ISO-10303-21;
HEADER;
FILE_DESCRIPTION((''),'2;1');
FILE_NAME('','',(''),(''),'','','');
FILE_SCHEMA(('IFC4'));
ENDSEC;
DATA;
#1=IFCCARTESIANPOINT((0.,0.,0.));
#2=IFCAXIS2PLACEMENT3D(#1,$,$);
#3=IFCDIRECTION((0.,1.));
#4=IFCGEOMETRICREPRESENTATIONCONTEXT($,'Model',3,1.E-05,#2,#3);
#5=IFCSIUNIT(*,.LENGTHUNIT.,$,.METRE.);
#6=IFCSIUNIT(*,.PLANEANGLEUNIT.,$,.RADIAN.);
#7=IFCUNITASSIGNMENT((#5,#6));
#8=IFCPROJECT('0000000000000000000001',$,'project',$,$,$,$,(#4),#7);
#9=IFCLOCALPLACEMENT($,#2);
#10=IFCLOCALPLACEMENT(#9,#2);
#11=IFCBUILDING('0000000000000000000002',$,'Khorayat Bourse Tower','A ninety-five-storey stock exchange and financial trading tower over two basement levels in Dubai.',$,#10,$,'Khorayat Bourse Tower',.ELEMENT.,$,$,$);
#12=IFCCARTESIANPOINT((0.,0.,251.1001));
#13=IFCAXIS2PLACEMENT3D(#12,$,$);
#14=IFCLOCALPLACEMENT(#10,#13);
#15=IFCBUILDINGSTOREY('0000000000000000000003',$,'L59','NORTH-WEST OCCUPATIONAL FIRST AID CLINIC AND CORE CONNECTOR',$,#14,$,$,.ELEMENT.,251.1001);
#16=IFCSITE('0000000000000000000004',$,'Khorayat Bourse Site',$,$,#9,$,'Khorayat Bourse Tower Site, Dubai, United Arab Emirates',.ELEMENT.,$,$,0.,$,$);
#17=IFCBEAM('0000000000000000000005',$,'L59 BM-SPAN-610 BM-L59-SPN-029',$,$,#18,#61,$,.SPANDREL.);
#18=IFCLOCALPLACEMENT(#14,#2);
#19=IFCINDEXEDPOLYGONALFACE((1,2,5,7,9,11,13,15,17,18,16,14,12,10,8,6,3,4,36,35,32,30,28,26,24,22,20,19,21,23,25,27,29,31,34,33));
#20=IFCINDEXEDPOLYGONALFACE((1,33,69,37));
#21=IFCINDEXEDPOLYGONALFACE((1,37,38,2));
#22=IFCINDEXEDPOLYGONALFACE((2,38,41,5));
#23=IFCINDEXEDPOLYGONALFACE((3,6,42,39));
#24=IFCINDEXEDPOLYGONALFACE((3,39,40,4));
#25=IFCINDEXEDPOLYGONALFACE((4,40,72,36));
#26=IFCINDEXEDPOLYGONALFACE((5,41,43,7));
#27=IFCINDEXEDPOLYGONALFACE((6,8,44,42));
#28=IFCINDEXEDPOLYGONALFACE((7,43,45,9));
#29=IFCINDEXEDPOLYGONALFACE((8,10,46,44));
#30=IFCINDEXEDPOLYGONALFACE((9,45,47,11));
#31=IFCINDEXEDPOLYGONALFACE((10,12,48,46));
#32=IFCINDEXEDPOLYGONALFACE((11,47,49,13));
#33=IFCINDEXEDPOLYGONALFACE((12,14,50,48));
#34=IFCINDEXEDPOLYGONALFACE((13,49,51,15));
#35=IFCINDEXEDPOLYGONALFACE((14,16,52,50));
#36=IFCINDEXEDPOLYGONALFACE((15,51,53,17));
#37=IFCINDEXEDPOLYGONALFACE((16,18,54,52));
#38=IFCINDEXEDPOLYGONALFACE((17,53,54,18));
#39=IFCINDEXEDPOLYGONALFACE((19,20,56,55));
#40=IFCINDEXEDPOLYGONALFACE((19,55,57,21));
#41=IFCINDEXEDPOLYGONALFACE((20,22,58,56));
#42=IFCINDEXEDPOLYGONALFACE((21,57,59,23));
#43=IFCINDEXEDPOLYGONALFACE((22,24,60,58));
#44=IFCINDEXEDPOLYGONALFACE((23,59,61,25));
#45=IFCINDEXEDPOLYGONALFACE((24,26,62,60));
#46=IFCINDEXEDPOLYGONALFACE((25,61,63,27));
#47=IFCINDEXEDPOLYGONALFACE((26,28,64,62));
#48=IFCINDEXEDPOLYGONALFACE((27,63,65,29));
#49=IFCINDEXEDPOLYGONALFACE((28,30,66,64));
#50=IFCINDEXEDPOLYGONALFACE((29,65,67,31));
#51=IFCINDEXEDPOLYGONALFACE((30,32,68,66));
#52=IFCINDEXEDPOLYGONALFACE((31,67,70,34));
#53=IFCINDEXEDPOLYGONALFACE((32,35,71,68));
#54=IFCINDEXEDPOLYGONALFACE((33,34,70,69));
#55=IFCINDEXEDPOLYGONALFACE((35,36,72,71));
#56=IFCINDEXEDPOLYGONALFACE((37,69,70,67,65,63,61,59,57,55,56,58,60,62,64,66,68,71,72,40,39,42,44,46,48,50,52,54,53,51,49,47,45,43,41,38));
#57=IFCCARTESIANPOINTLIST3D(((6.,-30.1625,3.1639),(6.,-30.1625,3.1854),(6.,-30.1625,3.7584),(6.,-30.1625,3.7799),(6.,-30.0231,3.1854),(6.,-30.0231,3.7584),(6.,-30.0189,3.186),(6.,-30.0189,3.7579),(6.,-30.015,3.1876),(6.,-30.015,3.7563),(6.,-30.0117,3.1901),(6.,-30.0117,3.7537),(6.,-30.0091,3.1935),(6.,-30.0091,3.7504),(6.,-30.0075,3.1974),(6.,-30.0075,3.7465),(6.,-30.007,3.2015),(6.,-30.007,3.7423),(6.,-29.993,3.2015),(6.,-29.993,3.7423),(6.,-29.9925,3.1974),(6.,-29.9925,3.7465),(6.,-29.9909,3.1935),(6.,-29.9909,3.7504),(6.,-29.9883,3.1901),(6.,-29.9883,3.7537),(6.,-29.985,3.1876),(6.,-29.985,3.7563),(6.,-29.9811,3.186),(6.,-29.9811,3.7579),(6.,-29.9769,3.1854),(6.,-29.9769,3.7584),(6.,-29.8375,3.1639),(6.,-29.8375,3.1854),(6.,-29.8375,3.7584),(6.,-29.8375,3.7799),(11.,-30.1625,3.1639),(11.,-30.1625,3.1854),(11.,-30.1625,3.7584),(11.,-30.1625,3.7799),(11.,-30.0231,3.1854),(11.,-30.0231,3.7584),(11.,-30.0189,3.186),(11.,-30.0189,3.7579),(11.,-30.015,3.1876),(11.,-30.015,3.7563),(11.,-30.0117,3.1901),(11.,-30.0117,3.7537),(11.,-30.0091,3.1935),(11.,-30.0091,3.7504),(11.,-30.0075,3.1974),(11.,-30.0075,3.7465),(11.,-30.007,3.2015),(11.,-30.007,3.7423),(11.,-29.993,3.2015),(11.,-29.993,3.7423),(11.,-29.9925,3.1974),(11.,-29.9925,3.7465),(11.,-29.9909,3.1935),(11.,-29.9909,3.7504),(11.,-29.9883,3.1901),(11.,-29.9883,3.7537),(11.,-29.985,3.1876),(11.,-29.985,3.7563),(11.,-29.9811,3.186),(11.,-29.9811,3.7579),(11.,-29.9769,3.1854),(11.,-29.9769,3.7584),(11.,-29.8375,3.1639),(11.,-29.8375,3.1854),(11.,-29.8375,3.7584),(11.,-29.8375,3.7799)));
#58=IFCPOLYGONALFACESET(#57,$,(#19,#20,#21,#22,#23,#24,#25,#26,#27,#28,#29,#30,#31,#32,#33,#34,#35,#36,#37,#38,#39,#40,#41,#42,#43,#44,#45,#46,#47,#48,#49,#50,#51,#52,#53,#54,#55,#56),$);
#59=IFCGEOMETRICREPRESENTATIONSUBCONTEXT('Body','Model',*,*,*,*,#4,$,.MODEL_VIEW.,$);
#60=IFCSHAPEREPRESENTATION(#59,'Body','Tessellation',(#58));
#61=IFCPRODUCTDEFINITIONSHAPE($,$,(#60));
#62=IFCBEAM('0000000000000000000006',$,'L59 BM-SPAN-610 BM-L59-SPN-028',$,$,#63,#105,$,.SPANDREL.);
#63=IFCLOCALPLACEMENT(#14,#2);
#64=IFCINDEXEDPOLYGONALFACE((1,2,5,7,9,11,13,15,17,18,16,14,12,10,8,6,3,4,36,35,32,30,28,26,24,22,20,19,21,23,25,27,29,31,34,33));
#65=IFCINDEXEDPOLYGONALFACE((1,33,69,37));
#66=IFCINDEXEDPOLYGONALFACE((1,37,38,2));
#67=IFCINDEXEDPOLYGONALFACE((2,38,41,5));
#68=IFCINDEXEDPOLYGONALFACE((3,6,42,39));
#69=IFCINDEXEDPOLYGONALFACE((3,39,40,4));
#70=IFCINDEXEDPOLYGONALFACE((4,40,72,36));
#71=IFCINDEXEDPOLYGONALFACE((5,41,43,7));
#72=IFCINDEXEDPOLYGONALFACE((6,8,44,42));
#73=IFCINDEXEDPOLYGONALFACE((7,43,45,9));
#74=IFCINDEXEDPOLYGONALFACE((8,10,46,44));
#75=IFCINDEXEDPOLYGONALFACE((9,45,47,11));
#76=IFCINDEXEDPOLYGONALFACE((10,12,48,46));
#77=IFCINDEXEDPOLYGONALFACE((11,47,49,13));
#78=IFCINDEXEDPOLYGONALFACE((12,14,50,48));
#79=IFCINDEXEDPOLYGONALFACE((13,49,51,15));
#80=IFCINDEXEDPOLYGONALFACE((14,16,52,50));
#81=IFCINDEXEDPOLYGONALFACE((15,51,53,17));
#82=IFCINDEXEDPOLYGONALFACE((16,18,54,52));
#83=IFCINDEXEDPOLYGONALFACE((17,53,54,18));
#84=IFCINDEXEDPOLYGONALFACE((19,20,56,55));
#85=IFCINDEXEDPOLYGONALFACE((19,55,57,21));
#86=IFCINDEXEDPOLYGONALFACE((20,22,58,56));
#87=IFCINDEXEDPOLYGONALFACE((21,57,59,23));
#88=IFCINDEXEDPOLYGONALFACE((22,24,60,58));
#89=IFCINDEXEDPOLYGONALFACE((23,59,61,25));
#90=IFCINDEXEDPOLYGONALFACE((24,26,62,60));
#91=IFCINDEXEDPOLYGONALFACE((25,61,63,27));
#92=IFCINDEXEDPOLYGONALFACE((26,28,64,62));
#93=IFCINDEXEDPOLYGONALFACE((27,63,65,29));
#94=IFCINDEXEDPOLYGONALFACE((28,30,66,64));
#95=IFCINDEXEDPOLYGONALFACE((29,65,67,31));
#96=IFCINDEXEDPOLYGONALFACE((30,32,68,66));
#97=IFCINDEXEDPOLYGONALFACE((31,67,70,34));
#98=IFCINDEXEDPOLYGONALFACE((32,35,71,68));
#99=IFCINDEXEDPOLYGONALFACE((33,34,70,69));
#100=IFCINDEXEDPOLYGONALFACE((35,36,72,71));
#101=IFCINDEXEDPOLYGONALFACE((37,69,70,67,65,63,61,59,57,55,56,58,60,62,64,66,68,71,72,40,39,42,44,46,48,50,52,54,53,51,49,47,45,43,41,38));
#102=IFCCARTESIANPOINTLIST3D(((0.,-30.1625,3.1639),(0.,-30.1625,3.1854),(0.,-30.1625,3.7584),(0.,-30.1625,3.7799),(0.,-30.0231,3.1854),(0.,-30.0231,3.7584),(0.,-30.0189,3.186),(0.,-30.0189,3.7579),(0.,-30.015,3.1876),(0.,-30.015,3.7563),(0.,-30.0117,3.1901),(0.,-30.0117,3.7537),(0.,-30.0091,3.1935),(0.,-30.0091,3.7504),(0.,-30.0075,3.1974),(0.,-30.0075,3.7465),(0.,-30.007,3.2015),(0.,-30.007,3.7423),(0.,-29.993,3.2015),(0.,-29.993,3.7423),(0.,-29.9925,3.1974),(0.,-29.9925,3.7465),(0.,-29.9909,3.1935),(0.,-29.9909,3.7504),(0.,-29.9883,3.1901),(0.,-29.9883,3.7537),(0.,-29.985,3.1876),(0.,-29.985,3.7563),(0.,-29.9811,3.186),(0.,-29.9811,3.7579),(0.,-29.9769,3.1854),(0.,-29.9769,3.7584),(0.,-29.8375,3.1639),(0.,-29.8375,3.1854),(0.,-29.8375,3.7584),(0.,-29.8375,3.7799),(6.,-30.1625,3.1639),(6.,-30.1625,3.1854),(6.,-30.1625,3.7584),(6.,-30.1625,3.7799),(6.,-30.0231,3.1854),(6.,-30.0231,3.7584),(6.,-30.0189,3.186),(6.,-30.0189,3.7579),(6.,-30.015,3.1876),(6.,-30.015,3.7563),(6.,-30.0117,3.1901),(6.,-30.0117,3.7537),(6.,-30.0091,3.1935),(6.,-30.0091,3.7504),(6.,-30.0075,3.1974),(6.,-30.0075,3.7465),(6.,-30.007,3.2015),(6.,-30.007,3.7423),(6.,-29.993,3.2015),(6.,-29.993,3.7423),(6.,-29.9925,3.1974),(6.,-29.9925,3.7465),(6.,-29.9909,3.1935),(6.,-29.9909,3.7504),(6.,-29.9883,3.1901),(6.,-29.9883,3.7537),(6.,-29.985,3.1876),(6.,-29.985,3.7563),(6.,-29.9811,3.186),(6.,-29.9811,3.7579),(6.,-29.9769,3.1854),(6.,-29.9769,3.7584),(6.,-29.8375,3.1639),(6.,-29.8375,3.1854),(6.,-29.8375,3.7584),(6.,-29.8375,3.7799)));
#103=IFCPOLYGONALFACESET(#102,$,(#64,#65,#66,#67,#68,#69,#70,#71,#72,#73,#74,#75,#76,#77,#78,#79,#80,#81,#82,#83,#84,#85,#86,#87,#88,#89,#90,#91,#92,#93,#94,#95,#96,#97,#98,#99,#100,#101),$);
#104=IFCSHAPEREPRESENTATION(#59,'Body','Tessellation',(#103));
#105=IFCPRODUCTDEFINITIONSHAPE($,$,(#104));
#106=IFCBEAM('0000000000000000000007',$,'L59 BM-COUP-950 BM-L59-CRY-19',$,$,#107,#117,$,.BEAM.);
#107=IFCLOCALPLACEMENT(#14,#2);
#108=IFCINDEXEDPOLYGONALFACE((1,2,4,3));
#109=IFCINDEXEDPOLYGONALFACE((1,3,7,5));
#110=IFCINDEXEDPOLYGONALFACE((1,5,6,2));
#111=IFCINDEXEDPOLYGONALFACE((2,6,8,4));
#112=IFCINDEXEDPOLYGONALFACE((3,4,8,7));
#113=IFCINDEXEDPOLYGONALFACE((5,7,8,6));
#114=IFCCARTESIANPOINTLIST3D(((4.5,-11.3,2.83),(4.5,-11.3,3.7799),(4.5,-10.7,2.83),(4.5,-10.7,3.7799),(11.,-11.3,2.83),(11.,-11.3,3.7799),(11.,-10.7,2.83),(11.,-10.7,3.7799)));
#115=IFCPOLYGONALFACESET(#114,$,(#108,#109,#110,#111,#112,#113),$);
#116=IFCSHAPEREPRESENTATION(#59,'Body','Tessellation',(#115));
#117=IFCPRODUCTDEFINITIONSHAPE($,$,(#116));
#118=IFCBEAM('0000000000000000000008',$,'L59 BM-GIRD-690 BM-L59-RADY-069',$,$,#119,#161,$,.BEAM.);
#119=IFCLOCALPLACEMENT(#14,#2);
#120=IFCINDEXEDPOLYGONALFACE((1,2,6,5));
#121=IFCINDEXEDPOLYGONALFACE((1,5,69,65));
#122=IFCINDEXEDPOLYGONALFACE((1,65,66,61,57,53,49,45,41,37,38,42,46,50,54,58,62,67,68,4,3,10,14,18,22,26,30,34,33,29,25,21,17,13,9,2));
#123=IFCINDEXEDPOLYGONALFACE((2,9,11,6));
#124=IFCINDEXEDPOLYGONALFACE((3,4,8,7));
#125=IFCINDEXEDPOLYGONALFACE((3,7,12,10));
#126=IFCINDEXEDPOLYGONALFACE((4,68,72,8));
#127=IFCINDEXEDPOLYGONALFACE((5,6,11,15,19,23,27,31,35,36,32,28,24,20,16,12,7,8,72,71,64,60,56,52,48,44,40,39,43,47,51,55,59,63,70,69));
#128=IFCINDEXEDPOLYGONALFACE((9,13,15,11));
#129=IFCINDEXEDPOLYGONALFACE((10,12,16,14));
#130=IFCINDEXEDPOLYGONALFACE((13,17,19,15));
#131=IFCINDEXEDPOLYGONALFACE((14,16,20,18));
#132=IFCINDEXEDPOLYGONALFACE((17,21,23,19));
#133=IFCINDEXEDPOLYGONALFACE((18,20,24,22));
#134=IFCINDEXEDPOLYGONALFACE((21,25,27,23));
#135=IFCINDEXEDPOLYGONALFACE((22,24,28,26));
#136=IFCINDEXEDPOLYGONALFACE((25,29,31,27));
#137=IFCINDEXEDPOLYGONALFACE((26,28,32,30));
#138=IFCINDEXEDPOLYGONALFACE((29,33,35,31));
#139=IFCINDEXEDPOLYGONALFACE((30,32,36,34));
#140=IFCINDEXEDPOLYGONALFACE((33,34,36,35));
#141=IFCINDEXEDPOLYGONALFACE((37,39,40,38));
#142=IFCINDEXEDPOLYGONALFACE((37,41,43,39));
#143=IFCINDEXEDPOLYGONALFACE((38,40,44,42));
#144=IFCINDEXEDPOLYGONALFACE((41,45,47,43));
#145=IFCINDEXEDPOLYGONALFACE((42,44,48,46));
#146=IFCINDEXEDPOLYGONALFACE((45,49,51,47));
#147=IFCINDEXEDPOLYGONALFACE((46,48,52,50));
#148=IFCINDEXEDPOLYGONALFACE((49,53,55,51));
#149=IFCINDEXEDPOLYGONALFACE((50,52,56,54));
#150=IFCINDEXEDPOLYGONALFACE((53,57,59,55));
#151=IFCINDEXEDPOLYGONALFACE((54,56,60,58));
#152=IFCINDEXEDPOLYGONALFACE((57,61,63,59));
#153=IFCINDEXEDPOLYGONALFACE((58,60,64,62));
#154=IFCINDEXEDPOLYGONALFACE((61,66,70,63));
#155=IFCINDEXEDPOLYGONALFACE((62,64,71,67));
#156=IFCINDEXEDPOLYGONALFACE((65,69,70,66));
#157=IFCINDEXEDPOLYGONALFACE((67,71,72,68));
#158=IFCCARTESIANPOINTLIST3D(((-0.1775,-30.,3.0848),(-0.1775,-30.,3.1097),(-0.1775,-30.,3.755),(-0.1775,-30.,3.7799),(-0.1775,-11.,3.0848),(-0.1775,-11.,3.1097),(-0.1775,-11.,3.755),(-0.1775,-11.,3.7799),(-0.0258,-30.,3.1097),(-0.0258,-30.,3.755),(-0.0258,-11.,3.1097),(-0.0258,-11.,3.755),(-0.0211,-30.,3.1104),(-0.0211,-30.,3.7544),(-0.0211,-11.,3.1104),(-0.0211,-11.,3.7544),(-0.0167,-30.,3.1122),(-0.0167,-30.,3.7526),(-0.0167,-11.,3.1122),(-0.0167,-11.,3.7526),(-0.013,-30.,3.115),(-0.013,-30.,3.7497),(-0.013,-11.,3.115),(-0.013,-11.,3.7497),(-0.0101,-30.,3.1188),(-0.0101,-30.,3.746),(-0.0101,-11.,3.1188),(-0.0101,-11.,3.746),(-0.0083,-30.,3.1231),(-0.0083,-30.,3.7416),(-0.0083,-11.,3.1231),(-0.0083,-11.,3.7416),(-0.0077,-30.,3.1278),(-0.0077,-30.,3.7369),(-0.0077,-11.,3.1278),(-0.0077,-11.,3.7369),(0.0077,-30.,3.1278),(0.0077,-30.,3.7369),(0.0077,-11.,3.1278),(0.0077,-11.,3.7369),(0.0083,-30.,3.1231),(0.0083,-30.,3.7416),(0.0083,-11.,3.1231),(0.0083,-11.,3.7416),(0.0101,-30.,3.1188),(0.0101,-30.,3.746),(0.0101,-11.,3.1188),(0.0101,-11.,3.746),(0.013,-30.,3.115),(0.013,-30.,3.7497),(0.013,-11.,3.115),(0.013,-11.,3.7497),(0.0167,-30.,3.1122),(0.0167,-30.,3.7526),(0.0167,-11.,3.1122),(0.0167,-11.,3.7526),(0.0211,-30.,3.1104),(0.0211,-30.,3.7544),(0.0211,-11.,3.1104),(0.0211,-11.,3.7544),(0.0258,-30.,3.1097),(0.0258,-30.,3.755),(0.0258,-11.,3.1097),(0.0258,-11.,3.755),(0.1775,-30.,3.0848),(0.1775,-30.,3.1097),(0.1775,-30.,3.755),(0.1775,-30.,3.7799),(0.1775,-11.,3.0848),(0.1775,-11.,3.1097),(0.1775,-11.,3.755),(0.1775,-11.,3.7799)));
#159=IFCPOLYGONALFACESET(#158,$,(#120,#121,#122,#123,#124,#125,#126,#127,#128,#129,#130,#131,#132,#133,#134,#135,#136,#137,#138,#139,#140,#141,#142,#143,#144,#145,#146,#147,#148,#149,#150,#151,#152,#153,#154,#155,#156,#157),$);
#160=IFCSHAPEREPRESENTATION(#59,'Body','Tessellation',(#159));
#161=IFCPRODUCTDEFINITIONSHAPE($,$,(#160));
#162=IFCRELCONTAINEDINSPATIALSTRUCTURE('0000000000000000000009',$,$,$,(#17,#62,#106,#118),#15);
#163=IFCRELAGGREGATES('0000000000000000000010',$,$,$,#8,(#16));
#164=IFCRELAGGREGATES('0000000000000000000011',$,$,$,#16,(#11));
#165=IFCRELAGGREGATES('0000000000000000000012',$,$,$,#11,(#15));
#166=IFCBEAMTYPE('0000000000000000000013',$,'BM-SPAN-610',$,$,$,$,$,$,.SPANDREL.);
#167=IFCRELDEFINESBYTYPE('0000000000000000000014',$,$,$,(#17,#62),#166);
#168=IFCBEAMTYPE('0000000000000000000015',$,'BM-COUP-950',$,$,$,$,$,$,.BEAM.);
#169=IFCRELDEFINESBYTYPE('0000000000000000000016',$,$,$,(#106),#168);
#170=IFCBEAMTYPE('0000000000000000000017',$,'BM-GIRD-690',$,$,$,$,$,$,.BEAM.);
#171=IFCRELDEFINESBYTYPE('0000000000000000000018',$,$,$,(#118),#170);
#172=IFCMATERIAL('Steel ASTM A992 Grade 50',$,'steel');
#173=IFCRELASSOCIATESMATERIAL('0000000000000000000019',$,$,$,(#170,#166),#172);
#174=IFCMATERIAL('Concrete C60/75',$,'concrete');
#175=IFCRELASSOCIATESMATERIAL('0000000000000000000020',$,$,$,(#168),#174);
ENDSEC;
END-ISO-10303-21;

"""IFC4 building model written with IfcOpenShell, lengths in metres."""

from ifc_helpers import new_model, si_unit, direction, frame, origin, origin_2d, place, context, subcontext, project, spatial, rectangle, i_section, extrude, source, transform, mapped, material, material_profile, profile_set, type_object, element, save


model = new_model("IFC4")

# Units and contexts
model_context = context("Model", 3, precision=1e-05, world=origin(), true_north=direction((0.0, 1.0)))
body_context = subcontext(model_context, "Body", "Model", "MODEL_VIEW")
ifc_project = project(units=[si_unit("LENGTHUNIT", "METRE"), si_unit("PLANEANGLEUNIT", "RADIAN")], contexts=[model_context])

# Site, building, storey
site_placement = place(None, origin())
site = spatial("IfcSite", under=ifc_project, at=site_placement, Name="Khorayat Bourse Site", LongName="Khorayat Bourse Tower Site, Dubai, United Arab Emirates", CompositionType="ELEMENT", RefElevation=0.0)
building_placement = place(site_placement, origin())
building = spatial("IfcBuilding", under=site, at=building_placement, Name="Khorayat Bourse Tower", Description="A ninety-five-storey stock exchange and financial trading tower over two basement levels in Dubai.", LongName="Khorayat Bourse Tower", CompositionType="ELEMENT")
storey_placement = place(building_placement, frame((0.0, 0.0, 251.1001)))
storey = spatial("IfcBuildingStorey", under=building, at=storey_placement, Name="L59", Description="NORTH-WEST OCCUPATIONAL FIRST AID CLINIC AND CORE CONNECTOR", CompositionType="ELEMENT", Elevation=251.1001)

# Shared definitions
ifc_material_1 = material(Name="Concrete C60/75", Category="concrete")

# Beams
ifc_material_2 = material(Name="Steel ASTM A992 Grade 50", Category="steel")
ifc_material_profile_1 = material_profile(ifc_material_2, i_section(OverallWidth=0.355, OverallDepth=0.6951, WebThickness=0.0154, FlangeThickness=0.0249, FilletRadius=0.0181, at=origin_2d()), Name="W690X217")
ifc_profile_set_1 = profile_set([ifc_material_profile_1], Name="Steel ASTM A992 Grade 50")
beam_type_1 = type_object("IfcBeamType", Name="BM-GIRD-690", PredefinedType="BEAM", material=ifc_profile_set_1)
ifc_material_profile_2 = material_profile(ifc_material_2, i_section(OverallWidth=0.325, OverallDepth=0.616, WebThickness=0.0139, FlangeThickness=0.0215, FilletRadius=0.0161, at=origin_2d()), Name="W610X174")
ifc_profile_set_2 = profile_set([ifc_material_profile_2], Name="Steel ASTM A992 Grade 50")
beam_type_2 = type_object("IfcBeamType", Name="BM-SPAN-610", PredefinedType="SPANDREL", material=ifc_profile_set_2)
shared_shape_1 = source(origin(), body_context, "Body", "SweptSolid", [
    extrude(i_section(OverallWidth=0.325, OverallDepth=0.616, WebThickness=0.0139, FlangeThickness=0.0215, FilletRadius=0.0161, at=origin_2d()), origin(), (0.0, 0.0, 1.0), 5.0),
])
beam_1_placement = place(storey_placement, frame((6.0, -30.0, 3.4719), z_axis=(1.0, 0.0, 0.0), x_axis=(0.0, 1.0, 0.0)))
element("IfcBeam", 1, at=beam_1_placement, inside=storey, type_object=beam_type_2, Name="L59 BM-SPAN-610 BM-L59-SPN-029", PredefinedType="SPANDREL", context=body_context, shape_type="MappedRepresentation", body=[
    mapped(shared_shape_1, transform((0.0, 0.0, 0.0), scale=1.0)),
])
shared_shape_2 = source(origin(), body_context, "Body", "SweptSolid", [
    extrude(i_section(OverallWidth=0.325, OverallDepth=0.616, WebThickness=0.0139, FlangeThickness=0.0215, FilletRadius=0.0161, at=origin_2d()), origin(), (0.0, 0.0, 1.0), 6.0),
])
beam_2_placement = place(storey_placement, frame((0.0, -30.0, 3.4719), z_axis=(1.0, 0.0, 0.0), x_axis=(0.0, 1.0, 0.0)))
element("IfcBeam", 2, at=beam_2_placement, inside=storey, type_object=beam_type_2, Name="L59 BM-SPAN-610 BM-L59-SPN-028", PredefinedType="SPANDREL", context=body_context, shape_type="MappedRepresentation", body=[
    mapped(shared_shape_2, transform((0.0, 0.0, 0.0), scale=1.0)),
])
ifc_material_profile_3 = material_profile(ifc_material_1, rectangle(XDim=0.6001, YDim=0.95, at=origin_2d()), Name="RC 600x950")
ifc_profile_set_3 = profile_set([ifc_material_profile_3], Name="Concrete C60/75")
beam_type_3 = type_object("IfcBeamType", Name="BM-COUP-950", PredefinedType="BEAM", material=ifc_profile_set_3)
shared_shape_3 = source(origin(), body_context, "Body", "SweptSolid", [
    extrude(rectangle(XDim=0.6001, YDim=0.95, at=origin_2d()), origin(), (0.0, 0.0, 1.0), 6.5),
])
beam_3_placement = place(storey_placement, frame((4.5, -11.0, 3.3049), z_axis=(1.0, 0.0, 0.0), x_axis=(0.0, 1.0, 0.0)))
element("IfcBeam", 3, at=beam_3_placement, inside=storey, type_object=beam_type_3, Name="L59 BM-COUP-950 BM-L59-CRY-19", PredefinedType="BEAM", context=body_context, shape_type="MappedRepresentation", body=[
    mapped(shared_shape_3, transform((0.0, 0.0, 0.0), scale=1.0)),
])
shared_shape_4 = source(origin(), body_context, "Body", "SweptSolid", [
    extrude(i_section(OverallWidth=0.355, OverallDepth=0.6951, WebThickness=0.0154, FlangeThickness=0.0249, FilletRadius=0.0181, at=origin_2d()), origin(), (0.0, 0.0, 1.0), 19.0),
])
for number, where, z_axis, x_axis, name in (
    (4, (0.0, -30.0, 3.4324), (0.0, 1.0, 0.0), (-1.0, 0.0, 0.0), "L59 BM-GIRD-690 BM-L59-RADY-069"),
):
    element("IfcBeam", number, at=place(storey_placement, frame(where, z_axis=z_axis, x_axis=x_axis)), inside=storey, type_object=beam_type_1, Name=name, PredefinedType="BEAM", context=body_context, shape_type="MappedRepresentation", body=[
        mapped(shared_shape_4, transform((0.0, 0.0, 0.0), scale=1.0)),
    ])

save(model, "model.ifc")
